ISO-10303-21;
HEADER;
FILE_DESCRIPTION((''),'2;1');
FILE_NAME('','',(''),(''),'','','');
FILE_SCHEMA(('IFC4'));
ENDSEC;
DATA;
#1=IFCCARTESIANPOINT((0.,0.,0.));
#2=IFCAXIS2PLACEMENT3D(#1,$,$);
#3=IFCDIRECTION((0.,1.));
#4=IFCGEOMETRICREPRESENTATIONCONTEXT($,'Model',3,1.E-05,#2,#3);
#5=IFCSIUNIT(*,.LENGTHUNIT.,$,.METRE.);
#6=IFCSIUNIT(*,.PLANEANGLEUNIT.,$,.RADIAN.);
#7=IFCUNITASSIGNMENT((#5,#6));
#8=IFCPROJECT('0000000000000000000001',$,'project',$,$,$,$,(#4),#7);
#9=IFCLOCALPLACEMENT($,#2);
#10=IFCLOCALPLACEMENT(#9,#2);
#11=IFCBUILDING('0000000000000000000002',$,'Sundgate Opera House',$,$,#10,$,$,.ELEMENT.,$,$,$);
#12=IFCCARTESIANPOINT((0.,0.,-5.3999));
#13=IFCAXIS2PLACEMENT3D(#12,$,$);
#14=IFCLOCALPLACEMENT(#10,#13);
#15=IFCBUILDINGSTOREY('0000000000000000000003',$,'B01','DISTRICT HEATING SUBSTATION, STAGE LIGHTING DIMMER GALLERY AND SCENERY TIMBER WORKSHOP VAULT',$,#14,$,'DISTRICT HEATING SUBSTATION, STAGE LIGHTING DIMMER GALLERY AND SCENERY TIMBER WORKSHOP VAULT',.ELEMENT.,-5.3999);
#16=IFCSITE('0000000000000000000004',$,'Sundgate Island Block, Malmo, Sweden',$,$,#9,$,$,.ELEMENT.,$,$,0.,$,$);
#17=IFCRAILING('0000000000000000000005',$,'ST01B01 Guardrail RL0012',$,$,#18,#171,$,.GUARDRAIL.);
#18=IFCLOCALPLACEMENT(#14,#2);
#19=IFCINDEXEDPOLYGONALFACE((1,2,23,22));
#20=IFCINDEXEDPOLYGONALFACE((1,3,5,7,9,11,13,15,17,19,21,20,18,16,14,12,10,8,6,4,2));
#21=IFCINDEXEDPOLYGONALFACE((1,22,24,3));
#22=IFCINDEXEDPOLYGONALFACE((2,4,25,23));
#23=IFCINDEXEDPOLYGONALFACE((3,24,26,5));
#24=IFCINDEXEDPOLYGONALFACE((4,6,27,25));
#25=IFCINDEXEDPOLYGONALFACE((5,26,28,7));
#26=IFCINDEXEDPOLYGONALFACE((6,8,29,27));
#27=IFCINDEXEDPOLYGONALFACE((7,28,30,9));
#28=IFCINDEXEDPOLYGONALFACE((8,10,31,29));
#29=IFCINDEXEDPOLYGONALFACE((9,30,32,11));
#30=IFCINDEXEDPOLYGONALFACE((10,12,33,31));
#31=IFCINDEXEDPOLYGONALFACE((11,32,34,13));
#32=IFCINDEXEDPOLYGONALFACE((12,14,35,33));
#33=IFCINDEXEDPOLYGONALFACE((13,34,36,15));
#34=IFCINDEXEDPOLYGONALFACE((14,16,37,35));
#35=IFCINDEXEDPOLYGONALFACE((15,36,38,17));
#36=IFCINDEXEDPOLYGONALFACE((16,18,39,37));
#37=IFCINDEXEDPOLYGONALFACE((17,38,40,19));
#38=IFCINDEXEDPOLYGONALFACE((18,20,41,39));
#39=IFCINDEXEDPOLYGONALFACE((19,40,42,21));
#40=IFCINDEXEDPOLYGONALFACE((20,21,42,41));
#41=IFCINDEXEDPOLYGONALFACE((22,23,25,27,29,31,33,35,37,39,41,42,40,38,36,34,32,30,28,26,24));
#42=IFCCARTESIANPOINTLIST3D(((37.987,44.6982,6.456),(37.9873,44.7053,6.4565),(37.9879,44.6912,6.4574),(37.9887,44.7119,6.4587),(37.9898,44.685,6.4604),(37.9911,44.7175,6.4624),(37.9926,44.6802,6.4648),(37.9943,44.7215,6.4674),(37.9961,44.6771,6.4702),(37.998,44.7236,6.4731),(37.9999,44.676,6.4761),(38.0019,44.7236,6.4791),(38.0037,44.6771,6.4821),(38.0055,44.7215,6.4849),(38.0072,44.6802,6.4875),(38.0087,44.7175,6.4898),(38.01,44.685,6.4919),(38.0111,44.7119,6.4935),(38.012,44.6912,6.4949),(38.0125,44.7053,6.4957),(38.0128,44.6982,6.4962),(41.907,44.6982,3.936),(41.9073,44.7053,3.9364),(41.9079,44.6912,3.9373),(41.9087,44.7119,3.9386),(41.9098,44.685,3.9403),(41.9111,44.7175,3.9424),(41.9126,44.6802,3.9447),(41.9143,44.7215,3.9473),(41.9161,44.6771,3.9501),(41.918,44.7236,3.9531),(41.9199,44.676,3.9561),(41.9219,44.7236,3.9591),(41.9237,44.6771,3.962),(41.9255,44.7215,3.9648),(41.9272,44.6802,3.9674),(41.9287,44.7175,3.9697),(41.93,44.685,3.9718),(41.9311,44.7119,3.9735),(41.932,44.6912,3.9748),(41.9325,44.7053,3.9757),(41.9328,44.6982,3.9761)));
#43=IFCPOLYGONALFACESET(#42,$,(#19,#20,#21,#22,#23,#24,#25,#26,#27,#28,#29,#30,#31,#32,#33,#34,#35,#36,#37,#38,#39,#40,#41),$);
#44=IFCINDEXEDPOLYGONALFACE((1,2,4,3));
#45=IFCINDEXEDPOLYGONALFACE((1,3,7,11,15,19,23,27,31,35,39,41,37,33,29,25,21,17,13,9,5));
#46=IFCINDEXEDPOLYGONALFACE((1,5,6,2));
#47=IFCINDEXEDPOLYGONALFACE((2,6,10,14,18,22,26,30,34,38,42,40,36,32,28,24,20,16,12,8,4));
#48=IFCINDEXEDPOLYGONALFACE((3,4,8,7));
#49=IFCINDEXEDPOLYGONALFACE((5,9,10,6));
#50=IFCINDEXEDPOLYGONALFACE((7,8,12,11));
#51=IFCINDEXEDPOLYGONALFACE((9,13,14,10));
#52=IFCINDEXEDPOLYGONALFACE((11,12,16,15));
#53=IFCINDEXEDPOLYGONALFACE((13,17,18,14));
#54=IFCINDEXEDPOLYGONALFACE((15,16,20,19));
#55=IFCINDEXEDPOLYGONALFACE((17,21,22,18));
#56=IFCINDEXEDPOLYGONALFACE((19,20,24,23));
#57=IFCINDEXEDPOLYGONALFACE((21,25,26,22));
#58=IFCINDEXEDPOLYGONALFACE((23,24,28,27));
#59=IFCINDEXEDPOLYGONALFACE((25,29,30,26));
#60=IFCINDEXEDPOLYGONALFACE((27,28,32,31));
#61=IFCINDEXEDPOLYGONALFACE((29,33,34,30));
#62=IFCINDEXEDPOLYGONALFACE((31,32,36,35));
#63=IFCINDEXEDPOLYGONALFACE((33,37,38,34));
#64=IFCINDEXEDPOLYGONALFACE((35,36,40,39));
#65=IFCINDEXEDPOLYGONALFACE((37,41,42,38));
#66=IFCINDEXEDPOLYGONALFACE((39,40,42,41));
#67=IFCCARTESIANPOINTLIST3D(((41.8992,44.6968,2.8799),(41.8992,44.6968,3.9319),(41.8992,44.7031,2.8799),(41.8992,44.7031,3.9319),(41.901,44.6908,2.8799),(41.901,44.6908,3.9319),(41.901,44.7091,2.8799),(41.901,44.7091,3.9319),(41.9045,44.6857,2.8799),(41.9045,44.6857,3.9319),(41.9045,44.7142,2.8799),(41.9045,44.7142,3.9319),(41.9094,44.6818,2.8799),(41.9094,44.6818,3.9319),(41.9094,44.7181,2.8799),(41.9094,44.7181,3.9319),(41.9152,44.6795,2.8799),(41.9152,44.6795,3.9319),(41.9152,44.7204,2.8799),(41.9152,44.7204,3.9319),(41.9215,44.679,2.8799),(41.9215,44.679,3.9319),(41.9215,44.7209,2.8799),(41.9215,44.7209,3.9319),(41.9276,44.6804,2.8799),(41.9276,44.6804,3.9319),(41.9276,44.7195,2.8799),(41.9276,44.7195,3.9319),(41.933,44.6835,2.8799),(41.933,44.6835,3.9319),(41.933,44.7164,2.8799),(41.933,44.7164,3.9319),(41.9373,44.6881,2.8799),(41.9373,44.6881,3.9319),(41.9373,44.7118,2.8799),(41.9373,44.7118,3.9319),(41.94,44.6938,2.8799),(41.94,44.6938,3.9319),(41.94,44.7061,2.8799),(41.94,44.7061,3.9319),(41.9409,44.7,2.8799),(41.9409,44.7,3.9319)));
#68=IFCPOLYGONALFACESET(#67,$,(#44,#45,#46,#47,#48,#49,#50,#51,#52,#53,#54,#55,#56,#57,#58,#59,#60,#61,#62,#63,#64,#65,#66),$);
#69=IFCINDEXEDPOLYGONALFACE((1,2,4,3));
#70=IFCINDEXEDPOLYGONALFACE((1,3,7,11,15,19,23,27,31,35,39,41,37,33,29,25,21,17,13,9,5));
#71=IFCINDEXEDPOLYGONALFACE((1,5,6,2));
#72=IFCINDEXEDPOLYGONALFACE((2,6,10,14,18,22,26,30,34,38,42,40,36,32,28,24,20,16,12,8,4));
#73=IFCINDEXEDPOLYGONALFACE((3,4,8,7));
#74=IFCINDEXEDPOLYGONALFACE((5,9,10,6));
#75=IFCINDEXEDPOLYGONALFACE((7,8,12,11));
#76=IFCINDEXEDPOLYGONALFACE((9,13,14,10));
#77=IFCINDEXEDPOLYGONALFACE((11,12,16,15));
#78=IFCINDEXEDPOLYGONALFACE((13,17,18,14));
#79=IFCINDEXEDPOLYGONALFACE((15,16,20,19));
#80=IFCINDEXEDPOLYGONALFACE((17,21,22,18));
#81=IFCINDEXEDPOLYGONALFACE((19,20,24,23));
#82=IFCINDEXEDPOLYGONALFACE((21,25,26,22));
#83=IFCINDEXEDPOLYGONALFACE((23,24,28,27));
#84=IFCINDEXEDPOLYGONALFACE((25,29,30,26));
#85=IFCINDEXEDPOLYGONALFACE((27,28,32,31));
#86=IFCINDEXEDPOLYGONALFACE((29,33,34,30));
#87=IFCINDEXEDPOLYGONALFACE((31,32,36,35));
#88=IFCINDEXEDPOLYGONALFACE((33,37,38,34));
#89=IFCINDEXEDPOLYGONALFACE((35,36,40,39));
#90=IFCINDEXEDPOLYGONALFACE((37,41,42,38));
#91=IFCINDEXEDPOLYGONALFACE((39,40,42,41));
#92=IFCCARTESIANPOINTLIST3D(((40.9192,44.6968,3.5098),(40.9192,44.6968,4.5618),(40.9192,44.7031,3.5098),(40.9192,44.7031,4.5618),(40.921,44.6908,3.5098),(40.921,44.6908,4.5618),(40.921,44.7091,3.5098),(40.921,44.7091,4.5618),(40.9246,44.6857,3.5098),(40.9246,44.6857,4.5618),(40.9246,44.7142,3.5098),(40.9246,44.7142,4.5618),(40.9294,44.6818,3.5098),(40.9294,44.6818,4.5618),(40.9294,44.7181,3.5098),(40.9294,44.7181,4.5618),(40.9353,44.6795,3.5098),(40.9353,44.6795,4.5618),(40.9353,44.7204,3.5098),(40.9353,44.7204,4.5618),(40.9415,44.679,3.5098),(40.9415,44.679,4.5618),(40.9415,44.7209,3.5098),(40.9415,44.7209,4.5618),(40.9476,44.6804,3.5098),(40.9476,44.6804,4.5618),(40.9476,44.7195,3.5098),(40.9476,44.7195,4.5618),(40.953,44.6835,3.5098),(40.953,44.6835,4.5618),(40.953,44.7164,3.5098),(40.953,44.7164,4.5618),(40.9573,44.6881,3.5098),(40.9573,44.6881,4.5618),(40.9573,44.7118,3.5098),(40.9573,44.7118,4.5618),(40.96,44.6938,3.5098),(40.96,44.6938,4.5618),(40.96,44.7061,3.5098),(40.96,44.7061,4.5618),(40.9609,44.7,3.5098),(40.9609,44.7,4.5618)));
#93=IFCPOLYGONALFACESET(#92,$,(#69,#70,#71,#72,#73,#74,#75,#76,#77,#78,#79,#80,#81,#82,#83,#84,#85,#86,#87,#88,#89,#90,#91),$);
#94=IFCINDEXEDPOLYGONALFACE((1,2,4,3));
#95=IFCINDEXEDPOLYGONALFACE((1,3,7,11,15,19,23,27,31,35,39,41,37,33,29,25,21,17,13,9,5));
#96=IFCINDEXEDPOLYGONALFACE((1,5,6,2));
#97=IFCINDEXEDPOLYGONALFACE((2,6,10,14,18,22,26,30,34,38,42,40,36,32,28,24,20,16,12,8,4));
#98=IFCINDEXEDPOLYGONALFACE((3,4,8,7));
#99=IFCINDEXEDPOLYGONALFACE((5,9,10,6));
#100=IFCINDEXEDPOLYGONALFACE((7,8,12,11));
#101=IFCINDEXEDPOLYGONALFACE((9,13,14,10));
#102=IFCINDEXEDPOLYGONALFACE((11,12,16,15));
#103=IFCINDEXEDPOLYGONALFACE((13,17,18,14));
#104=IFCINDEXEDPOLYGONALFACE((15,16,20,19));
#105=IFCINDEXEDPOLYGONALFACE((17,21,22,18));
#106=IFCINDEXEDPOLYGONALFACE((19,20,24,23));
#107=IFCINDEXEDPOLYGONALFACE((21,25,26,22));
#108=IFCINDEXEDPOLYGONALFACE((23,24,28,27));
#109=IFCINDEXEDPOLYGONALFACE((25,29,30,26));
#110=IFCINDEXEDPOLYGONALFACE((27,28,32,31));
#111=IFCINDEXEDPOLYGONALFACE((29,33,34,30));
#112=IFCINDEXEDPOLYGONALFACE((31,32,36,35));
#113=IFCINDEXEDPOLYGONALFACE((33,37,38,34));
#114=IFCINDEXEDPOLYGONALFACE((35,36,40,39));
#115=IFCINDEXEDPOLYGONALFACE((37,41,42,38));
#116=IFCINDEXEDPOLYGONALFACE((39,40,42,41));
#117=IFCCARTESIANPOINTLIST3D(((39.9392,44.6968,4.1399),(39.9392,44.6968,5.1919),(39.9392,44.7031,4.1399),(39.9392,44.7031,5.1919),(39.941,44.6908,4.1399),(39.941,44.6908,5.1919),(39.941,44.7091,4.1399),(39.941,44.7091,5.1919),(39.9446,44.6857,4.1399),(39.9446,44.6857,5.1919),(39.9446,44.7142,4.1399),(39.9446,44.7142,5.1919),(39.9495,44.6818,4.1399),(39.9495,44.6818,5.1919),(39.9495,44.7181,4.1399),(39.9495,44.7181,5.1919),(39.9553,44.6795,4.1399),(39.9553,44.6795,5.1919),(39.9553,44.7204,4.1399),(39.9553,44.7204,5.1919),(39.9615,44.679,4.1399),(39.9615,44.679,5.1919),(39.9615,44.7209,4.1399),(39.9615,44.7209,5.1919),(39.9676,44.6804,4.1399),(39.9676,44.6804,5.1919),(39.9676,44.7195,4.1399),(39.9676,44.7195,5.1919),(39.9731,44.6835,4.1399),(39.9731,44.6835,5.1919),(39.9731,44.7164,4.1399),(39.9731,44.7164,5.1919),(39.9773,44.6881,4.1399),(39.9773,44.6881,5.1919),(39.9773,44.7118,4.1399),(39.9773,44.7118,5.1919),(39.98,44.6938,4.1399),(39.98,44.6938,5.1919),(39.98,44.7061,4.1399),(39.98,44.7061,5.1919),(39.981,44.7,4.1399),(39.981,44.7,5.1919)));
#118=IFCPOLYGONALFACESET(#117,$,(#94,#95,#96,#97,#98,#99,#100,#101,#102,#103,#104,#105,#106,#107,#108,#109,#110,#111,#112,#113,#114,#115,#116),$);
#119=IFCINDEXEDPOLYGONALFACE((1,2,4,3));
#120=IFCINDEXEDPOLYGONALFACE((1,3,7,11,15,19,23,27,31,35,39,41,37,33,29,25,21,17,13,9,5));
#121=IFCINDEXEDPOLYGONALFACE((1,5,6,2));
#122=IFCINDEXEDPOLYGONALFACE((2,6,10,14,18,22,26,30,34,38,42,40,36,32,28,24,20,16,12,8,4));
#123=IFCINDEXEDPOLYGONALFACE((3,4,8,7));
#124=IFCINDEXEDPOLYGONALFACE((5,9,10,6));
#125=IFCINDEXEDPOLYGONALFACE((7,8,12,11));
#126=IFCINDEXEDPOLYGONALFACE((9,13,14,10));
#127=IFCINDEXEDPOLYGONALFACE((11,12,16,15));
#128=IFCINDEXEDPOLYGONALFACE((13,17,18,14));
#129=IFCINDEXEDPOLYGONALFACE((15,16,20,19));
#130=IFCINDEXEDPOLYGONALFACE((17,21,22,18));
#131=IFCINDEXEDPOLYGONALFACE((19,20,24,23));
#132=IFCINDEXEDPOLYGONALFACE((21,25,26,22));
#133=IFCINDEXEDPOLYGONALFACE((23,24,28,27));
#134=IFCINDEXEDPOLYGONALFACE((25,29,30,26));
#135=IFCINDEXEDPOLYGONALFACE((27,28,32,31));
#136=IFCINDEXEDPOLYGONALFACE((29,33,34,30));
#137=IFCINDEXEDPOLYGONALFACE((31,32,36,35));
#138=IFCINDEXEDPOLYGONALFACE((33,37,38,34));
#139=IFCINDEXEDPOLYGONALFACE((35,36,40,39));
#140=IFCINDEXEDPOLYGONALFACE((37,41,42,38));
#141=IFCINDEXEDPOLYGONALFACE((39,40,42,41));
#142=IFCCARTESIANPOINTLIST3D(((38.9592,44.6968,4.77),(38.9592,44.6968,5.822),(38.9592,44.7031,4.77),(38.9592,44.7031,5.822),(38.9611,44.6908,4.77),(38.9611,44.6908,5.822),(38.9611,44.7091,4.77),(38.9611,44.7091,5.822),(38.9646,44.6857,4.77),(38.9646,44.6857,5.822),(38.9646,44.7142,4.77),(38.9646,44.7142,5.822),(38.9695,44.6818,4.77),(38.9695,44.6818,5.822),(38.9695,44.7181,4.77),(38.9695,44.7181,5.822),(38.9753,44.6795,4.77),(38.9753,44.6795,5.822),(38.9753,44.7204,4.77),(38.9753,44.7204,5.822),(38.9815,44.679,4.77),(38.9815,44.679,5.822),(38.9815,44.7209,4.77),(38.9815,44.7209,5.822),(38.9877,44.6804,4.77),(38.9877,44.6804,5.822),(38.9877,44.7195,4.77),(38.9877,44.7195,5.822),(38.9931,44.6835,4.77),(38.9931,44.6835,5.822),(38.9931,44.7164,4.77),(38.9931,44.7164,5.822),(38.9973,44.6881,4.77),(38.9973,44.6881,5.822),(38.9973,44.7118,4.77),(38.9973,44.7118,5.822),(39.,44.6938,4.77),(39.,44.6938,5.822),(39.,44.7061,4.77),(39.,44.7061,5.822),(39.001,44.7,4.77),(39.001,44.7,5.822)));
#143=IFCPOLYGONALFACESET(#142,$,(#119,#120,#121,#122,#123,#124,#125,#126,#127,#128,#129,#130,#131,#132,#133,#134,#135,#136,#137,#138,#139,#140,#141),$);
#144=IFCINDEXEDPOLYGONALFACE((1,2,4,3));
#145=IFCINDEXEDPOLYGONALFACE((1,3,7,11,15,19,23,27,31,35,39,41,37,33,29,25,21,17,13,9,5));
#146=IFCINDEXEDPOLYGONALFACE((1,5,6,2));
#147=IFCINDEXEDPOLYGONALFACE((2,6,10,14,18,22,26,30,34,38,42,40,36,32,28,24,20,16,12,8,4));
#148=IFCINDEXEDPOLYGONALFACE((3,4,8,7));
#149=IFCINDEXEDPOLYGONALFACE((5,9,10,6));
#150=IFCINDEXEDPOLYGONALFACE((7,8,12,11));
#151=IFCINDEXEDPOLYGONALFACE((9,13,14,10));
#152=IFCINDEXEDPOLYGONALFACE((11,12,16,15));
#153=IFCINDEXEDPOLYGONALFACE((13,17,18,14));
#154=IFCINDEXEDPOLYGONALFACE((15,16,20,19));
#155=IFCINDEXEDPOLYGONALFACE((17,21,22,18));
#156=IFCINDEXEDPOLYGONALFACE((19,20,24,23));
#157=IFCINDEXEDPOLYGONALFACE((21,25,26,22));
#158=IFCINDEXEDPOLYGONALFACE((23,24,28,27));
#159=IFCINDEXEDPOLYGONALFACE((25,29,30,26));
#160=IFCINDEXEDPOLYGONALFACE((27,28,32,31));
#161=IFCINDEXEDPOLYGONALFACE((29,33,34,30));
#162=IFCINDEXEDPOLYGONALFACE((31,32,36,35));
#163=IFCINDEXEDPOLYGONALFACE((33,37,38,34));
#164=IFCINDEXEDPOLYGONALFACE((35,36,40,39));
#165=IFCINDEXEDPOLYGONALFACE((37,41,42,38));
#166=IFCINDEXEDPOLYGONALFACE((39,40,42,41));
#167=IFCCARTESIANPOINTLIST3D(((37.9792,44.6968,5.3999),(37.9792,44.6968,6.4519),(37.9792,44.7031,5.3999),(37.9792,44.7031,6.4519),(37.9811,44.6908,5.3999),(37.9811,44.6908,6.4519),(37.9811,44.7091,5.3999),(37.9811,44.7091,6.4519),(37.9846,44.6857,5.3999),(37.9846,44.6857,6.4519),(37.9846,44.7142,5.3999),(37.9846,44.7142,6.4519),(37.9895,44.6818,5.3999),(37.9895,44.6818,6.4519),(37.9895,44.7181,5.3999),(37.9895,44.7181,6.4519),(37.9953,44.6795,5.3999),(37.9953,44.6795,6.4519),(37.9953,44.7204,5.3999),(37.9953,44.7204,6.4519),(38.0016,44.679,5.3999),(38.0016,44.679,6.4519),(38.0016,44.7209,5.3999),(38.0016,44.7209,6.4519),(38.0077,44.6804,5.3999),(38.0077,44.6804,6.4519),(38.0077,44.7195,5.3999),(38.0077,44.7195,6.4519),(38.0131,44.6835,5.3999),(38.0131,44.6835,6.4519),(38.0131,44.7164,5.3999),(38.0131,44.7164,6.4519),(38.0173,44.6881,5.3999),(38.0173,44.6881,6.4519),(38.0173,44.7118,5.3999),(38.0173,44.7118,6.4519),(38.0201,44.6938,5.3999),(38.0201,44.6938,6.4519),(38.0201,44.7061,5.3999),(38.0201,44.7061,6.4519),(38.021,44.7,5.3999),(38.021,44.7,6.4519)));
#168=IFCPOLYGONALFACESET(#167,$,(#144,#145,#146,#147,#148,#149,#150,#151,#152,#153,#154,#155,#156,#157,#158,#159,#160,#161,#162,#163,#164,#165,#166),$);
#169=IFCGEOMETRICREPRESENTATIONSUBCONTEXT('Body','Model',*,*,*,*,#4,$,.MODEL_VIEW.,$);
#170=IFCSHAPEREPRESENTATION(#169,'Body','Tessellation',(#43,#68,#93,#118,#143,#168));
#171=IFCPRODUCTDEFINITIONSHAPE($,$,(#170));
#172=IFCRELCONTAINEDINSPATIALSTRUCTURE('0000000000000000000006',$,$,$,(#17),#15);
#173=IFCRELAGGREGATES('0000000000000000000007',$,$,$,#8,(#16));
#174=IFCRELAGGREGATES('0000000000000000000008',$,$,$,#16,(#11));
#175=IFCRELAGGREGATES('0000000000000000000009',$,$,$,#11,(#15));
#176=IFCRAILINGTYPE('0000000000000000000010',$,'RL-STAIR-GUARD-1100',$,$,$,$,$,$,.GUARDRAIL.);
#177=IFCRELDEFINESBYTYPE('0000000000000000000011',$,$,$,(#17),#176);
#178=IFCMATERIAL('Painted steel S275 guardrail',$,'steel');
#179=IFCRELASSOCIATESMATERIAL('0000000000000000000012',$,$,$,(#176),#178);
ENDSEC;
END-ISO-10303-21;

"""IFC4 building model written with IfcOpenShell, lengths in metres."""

from ifc_helpers import new_model, si_unit, direction, frame, origin, origin_2d, place, context, subcontext, project, spatial, circle, extrude, material, type_object, element, save


model = new_model("IFC4")

# Units and contexts
model_context = context("Model", 3, precision=1e-05, world=origin(), true_north=direction((0.0, 1.0)))
body_context = subcontext(model_context, "Body", "Model", "MODEL_VIEW")
ifc_project = project(units=[si_unit("LENGTHUNIT", "METRE"), si_unit("PLANEANGLEUNIT", "RADIAN")], contexts=[model_context])

# Site, building, storey
site_placement = place(None, origin())
site = spatial("IfcSite", under=ifc_project, at=site_placement, Name="Sundgate Island Block, Malmo, Sweden", CompositionType="ELEMENT", RefElevation=0.0)
building_placement = place(site_placement, origin())
building = spatial("IfcBuilding", under=site, at=building_placement, Name="Sundgate Opera House", CompositionType="ELEMENT")
storey_placement = place(building_placement, frame((0.0, 0.0, -5.3999)))
storey = spatial("IfcBuildingStorey", under=building, at=storey_placement, Name="B01", Description="DISTRICT HEATING SUBSTATION, STAGE LIGHTING DIMMER GALLERY AND SCENERY TIMBER WORKSHOP VAULT", LongName="DISTRICT HEATING SUBSTATION, STAGE LIGHTING DIMMER GALLERY AND SCENERY TIMBER WORKSHOP VAULT", CompositionType="ELEMENT", Elevation=-5.3999)

# Railing
ifc_material_1 = material(Name="Painted steel S275 guardrail", Category="steel")
railing_type_1 = type_object("IfcRailingType", Name="RL-STAIR-GUARD-1100", PredefinedType="GUARDRAIL", material=ifc_material_1)
railing_1_placement = place(storey_placement, frame((41.9199, 44.7, 2.8799)))
element("IfcRailing", 1, at=railing_1_placement, inside=storey, type_object=railing_type_1, Name="ST01B01 Guardrail RL0012", PredefinedType="GUARDRAIL", context=body_context, shape_type="SweptSolid", body=[
    extrude(circle(Radius=0.0239, at=origin_2d()), frame((0.0, 0.0, 1.0762), z_axis=(-0.841172, 0.0, 0.540768), x_axis=(0.0, -1.0, 0.0)), (0.0, 0.0, 1.0), 4.6602),
    extrude(circle(Radius=0.021, at=origin_2d()), origin(), (0.0, 0.0, 1.0), 1.052),
    extrude(circle(Radius=0.021, at=origin_2d()), frame((-0.98, 0.0, 0.6299)), (0.0, 0.0, 1.0), 1.052),
    extrude(circle(Radius=0.021, at=origin_2d()), frame((-1.96, 0.0, 1.26)), (0.0, 0.0, 1.0), 1.052),
    extrude(circle(Radius=0.021, at=origin_2d()), frame((-2.9399, 0.0, 1.8901)), (0.0, 0.0, 1.0), 1.052),
    extrude(circle(Radius=0.021, at=origin_2d()), frame((-3.9199, 0.0, 2.52)), (0.0, 0.0, 1.0), 1.052),
])

save(model, "model.ifc")
